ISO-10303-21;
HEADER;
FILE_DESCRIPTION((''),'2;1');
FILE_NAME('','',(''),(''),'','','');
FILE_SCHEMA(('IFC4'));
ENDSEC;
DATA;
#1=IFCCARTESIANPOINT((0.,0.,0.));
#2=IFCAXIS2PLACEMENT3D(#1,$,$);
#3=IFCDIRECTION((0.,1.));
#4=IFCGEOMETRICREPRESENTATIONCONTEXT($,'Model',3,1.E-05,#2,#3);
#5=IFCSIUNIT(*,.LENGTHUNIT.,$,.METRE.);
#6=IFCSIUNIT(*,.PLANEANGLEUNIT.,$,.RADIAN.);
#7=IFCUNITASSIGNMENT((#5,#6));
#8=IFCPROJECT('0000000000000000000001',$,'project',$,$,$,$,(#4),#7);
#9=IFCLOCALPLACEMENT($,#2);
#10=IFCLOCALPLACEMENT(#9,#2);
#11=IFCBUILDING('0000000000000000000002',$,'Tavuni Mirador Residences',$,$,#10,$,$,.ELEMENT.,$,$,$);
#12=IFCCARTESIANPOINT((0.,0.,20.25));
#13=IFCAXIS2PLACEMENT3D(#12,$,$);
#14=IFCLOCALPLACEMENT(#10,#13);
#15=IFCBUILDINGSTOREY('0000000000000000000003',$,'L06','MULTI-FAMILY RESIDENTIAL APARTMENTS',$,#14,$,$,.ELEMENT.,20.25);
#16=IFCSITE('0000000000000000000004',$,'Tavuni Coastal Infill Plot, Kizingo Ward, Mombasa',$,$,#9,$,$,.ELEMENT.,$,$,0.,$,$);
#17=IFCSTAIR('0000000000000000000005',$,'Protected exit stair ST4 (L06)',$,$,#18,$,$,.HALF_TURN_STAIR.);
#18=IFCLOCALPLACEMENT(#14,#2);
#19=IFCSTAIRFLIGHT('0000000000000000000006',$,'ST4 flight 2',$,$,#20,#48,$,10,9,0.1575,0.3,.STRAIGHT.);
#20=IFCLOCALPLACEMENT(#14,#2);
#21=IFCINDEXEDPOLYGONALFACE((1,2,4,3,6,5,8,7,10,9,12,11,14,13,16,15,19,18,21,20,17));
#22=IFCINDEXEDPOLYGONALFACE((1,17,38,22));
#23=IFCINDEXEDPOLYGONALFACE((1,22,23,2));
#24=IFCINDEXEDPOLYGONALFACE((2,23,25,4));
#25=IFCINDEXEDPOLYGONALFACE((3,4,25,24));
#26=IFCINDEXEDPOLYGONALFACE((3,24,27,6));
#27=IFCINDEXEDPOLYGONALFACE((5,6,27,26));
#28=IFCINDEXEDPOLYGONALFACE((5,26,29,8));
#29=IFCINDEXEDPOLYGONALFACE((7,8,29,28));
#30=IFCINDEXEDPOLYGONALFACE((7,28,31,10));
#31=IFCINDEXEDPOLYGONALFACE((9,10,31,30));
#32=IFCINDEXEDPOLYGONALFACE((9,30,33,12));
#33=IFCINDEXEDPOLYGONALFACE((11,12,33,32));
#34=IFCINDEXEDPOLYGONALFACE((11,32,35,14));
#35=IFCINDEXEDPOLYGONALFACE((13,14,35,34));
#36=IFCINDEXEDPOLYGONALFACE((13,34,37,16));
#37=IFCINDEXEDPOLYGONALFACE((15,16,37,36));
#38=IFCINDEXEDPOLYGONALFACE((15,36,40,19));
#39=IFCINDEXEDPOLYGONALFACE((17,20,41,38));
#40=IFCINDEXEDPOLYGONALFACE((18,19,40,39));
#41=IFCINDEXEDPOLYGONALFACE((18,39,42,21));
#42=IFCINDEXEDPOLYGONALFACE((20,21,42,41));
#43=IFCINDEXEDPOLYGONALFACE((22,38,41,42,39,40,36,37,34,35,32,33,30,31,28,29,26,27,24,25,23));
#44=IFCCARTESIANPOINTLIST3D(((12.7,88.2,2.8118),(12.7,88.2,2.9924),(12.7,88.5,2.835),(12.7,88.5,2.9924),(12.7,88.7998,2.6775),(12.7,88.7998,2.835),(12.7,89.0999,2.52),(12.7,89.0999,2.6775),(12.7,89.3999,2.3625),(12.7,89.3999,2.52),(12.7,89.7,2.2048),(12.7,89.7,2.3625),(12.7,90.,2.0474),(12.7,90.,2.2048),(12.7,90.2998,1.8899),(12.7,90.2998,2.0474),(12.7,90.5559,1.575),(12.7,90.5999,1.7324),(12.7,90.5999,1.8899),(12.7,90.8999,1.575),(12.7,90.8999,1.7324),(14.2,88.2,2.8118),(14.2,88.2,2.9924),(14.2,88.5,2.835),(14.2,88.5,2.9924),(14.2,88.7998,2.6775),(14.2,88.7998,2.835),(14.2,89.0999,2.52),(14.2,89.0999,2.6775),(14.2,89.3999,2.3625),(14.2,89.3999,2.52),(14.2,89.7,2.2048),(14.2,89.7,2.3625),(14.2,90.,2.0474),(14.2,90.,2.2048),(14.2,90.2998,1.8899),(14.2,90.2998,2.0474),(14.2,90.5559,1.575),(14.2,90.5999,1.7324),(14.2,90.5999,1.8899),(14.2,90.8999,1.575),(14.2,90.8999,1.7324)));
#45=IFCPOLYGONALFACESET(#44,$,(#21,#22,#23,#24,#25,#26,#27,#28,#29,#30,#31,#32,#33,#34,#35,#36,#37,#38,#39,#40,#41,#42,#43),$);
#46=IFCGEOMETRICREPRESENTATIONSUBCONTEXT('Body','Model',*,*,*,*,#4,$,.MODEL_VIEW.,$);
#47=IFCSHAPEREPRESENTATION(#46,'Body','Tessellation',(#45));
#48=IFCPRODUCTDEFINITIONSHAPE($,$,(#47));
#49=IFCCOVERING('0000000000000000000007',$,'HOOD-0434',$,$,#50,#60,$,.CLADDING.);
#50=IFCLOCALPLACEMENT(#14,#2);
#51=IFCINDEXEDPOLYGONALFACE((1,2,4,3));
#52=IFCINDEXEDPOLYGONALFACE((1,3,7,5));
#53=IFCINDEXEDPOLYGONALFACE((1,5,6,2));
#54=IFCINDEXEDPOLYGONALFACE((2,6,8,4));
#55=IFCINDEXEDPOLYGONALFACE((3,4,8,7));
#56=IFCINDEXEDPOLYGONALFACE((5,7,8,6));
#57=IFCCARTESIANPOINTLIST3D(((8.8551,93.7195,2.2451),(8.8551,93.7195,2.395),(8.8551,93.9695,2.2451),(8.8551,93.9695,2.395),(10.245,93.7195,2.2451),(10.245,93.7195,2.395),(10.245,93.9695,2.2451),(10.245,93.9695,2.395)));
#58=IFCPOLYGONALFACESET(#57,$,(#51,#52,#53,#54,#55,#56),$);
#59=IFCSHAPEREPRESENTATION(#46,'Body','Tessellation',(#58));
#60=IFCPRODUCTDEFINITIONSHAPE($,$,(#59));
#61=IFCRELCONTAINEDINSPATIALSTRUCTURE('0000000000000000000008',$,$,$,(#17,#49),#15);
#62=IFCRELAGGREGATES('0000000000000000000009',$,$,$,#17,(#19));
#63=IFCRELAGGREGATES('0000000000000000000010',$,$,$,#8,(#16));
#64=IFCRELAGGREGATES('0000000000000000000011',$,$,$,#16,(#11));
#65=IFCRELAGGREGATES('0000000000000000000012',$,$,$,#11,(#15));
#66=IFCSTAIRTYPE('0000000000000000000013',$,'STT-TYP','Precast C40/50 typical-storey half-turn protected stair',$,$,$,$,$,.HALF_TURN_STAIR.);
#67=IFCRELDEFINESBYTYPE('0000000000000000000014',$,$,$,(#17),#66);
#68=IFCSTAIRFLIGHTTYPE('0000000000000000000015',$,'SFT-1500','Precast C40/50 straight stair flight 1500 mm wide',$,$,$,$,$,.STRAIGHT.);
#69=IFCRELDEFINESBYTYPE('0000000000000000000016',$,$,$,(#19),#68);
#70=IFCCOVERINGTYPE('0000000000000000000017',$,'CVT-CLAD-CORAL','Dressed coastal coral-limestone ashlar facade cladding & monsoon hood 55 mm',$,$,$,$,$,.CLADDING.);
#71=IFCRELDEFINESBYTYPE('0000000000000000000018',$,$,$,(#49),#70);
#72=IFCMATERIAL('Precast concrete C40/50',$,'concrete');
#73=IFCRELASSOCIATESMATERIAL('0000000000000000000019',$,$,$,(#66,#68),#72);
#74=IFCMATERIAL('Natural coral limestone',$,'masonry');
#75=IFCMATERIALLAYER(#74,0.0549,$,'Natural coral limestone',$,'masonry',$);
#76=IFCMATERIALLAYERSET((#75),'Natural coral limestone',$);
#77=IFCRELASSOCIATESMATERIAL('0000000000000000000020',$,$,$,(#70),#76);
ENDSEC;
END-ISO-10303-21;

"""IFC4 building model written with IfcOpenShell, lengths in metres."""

from ifc_helpers import new_model, si_unit, direction, frame, origin, origin_2d, place, context, subcontext, project, spatial, polyline, rectangle, outline, extrude, material, layer, layer_set, type_object, element, aggregate, save


model = new_model("IFC4")

# Units and contexts
model_context = context("Model", 3, precision=1e-05, world=origin(), true_north=direction((0.0, 1.0)))
body_context = subcontext(model_context, "Body", "Model", "MODEL_VIEW")
ifc_project = project(units=[si_unit("LENGTHUNIT", "METRE"), si_unit("PLANEANGLEUNIT", "RADIAN")], contexts=[model_context])

# Site, building, storey
site_placement = place(None, origin())
site = spatial("IfcSite", under=ifc_project, at=site_placement, Name="Tavuni Coastal Infill Plot, Kizingo Ward, Mombasa", CompositionType="ELEMENT", RefElevation=0.0)
building_placement = place(site_placement, origin())
building = spatial("IfcBuilding", under=site, at=building_placement, Name="Tavuni Mirador Residences", CompositionType="ELEMENT")
storey_placement = place(building_placement, frame((0.0, 0.0, 20.25)))
storey = spatial("IfcBuildingStorey", under=building, at=storey_placement, Name="L06", Description="MULTI-FAMILY RESIDENTIAL APARTMENTS", CompositionType="ELEMENT", Elevation=20.25)

# Shared definitions
ifc_material_1 = material(Name="Precast concrete C40/50", Category="concrete")

# Stair, stair flight
stair_type = type_object("IfcStairType", Name="STT-TYP", Description="Precast C40/50 typical-storey half-turn protected stair", PredefinedType="HALF_TURN_STAIR", material=ifc_material_1)
stair_placement = place(storey_placement, origin())
stair = element("IfcStair", 1, at=stair_placement, inside=storey, type_object=stair_type, Name="Protected exit stair ST4 (L06)", PredefinedType="HALF_TURN_STAIR")
stair_flight_type = type_object("IfcStairFlightType", Name="SFT-1500", Description="Precast C40/50 straight stair flight 1500 mm wide", PredefinedType="STRAIGHT", material=ifc_material_1)
stair_flight_1_placement = place(storey_placement, frame((13.45, 90.8999, 1.575), z_axis=(0.0, 0.0, 1.0), x_axis=(0.0, -1.0, 0.0)))
stair_flight_1 = element("IfcStairFlight", 2, at=stair_flight_1_placement, type_object=stair_flight_type, Name="ST4 flight 2", NumberOfRisers=10, NumberOfTreads=9, PredefinedType="STRAIGHT", RiserHeight=0.1575, TreadLength=0.3, context=body_context, shape_type="SweptSolid", body=[
    extrude(outline(polyline([(0.0, 0.0), (0.0, 0.1575), (0.3, 0.1575), (0.3, 0.3149), (0.6001, 0.3149), (0.6001, 0.4724), (0.8999, 0.4724), (0.8999, 0.6299), (1.2, 0.6299), (1.2, 0.7876), (1.5, 0.7876), (1.5, 0.9451), (1.8, 0.9451), (1.8, 1.1025), (2.1001, 1.1025), (2.1001, 1.26), (2.3999, 1.26), (2.3999, 1.4175), (2.7, 1.4175), (2.7, 1.575), (2.7, 1.2368), (0.344, 0.0), (0.0, 0.0)])), frame((0.0, 0.75, 0.0), z_axis=(0.0, -1.0, 0.0), x_axis=(1.0, 0.0, 0.0)), (0.0, 0.0, 1.0), 1.5),
])
aggregate(stair, [stair_flight_1])

# Covering
ifc_material_2 = material(Name="Natural coral limestone", Category="masonry")
ifc_layer_1 = layer(ifc_material_2, 0.0549, Name="Natural coral limestone", Category="masonry")
ifc_layer_set_1 = layer_set([ifc_layer_1], Name="Natural coral limestone")
covering_type = type_object("IfcCoveringType", Name="CVT-CLAD-CORAL", Description="Dressed coastal coral-limestone ashlar facade cladding & monsoon hood 55 mm", PredefinedType="CLADDING", material=ifc_layer_set_1)
covering_placement = place(storey_placement, frame((9.55, 93.8445, 2.2451), z_axis=(0.0, 0.0, 1.0), x_axis=(-1.0, 0.0, 0.0)))
element("IfcCovering", 3, at=covering_placement, inside=storey, type_object=covering_type, Name="HOOD-0434", PredefinedType="CLADDING", context=body_context, shape_type="SweptSolid", body=[
    extrude(rectangle(XDim=1.3899, YDim=0.25, at=origin_2d()), origin(), (0.0, 0.0, 1.0), 0.1499),
])

save(model, "model.ifc")
